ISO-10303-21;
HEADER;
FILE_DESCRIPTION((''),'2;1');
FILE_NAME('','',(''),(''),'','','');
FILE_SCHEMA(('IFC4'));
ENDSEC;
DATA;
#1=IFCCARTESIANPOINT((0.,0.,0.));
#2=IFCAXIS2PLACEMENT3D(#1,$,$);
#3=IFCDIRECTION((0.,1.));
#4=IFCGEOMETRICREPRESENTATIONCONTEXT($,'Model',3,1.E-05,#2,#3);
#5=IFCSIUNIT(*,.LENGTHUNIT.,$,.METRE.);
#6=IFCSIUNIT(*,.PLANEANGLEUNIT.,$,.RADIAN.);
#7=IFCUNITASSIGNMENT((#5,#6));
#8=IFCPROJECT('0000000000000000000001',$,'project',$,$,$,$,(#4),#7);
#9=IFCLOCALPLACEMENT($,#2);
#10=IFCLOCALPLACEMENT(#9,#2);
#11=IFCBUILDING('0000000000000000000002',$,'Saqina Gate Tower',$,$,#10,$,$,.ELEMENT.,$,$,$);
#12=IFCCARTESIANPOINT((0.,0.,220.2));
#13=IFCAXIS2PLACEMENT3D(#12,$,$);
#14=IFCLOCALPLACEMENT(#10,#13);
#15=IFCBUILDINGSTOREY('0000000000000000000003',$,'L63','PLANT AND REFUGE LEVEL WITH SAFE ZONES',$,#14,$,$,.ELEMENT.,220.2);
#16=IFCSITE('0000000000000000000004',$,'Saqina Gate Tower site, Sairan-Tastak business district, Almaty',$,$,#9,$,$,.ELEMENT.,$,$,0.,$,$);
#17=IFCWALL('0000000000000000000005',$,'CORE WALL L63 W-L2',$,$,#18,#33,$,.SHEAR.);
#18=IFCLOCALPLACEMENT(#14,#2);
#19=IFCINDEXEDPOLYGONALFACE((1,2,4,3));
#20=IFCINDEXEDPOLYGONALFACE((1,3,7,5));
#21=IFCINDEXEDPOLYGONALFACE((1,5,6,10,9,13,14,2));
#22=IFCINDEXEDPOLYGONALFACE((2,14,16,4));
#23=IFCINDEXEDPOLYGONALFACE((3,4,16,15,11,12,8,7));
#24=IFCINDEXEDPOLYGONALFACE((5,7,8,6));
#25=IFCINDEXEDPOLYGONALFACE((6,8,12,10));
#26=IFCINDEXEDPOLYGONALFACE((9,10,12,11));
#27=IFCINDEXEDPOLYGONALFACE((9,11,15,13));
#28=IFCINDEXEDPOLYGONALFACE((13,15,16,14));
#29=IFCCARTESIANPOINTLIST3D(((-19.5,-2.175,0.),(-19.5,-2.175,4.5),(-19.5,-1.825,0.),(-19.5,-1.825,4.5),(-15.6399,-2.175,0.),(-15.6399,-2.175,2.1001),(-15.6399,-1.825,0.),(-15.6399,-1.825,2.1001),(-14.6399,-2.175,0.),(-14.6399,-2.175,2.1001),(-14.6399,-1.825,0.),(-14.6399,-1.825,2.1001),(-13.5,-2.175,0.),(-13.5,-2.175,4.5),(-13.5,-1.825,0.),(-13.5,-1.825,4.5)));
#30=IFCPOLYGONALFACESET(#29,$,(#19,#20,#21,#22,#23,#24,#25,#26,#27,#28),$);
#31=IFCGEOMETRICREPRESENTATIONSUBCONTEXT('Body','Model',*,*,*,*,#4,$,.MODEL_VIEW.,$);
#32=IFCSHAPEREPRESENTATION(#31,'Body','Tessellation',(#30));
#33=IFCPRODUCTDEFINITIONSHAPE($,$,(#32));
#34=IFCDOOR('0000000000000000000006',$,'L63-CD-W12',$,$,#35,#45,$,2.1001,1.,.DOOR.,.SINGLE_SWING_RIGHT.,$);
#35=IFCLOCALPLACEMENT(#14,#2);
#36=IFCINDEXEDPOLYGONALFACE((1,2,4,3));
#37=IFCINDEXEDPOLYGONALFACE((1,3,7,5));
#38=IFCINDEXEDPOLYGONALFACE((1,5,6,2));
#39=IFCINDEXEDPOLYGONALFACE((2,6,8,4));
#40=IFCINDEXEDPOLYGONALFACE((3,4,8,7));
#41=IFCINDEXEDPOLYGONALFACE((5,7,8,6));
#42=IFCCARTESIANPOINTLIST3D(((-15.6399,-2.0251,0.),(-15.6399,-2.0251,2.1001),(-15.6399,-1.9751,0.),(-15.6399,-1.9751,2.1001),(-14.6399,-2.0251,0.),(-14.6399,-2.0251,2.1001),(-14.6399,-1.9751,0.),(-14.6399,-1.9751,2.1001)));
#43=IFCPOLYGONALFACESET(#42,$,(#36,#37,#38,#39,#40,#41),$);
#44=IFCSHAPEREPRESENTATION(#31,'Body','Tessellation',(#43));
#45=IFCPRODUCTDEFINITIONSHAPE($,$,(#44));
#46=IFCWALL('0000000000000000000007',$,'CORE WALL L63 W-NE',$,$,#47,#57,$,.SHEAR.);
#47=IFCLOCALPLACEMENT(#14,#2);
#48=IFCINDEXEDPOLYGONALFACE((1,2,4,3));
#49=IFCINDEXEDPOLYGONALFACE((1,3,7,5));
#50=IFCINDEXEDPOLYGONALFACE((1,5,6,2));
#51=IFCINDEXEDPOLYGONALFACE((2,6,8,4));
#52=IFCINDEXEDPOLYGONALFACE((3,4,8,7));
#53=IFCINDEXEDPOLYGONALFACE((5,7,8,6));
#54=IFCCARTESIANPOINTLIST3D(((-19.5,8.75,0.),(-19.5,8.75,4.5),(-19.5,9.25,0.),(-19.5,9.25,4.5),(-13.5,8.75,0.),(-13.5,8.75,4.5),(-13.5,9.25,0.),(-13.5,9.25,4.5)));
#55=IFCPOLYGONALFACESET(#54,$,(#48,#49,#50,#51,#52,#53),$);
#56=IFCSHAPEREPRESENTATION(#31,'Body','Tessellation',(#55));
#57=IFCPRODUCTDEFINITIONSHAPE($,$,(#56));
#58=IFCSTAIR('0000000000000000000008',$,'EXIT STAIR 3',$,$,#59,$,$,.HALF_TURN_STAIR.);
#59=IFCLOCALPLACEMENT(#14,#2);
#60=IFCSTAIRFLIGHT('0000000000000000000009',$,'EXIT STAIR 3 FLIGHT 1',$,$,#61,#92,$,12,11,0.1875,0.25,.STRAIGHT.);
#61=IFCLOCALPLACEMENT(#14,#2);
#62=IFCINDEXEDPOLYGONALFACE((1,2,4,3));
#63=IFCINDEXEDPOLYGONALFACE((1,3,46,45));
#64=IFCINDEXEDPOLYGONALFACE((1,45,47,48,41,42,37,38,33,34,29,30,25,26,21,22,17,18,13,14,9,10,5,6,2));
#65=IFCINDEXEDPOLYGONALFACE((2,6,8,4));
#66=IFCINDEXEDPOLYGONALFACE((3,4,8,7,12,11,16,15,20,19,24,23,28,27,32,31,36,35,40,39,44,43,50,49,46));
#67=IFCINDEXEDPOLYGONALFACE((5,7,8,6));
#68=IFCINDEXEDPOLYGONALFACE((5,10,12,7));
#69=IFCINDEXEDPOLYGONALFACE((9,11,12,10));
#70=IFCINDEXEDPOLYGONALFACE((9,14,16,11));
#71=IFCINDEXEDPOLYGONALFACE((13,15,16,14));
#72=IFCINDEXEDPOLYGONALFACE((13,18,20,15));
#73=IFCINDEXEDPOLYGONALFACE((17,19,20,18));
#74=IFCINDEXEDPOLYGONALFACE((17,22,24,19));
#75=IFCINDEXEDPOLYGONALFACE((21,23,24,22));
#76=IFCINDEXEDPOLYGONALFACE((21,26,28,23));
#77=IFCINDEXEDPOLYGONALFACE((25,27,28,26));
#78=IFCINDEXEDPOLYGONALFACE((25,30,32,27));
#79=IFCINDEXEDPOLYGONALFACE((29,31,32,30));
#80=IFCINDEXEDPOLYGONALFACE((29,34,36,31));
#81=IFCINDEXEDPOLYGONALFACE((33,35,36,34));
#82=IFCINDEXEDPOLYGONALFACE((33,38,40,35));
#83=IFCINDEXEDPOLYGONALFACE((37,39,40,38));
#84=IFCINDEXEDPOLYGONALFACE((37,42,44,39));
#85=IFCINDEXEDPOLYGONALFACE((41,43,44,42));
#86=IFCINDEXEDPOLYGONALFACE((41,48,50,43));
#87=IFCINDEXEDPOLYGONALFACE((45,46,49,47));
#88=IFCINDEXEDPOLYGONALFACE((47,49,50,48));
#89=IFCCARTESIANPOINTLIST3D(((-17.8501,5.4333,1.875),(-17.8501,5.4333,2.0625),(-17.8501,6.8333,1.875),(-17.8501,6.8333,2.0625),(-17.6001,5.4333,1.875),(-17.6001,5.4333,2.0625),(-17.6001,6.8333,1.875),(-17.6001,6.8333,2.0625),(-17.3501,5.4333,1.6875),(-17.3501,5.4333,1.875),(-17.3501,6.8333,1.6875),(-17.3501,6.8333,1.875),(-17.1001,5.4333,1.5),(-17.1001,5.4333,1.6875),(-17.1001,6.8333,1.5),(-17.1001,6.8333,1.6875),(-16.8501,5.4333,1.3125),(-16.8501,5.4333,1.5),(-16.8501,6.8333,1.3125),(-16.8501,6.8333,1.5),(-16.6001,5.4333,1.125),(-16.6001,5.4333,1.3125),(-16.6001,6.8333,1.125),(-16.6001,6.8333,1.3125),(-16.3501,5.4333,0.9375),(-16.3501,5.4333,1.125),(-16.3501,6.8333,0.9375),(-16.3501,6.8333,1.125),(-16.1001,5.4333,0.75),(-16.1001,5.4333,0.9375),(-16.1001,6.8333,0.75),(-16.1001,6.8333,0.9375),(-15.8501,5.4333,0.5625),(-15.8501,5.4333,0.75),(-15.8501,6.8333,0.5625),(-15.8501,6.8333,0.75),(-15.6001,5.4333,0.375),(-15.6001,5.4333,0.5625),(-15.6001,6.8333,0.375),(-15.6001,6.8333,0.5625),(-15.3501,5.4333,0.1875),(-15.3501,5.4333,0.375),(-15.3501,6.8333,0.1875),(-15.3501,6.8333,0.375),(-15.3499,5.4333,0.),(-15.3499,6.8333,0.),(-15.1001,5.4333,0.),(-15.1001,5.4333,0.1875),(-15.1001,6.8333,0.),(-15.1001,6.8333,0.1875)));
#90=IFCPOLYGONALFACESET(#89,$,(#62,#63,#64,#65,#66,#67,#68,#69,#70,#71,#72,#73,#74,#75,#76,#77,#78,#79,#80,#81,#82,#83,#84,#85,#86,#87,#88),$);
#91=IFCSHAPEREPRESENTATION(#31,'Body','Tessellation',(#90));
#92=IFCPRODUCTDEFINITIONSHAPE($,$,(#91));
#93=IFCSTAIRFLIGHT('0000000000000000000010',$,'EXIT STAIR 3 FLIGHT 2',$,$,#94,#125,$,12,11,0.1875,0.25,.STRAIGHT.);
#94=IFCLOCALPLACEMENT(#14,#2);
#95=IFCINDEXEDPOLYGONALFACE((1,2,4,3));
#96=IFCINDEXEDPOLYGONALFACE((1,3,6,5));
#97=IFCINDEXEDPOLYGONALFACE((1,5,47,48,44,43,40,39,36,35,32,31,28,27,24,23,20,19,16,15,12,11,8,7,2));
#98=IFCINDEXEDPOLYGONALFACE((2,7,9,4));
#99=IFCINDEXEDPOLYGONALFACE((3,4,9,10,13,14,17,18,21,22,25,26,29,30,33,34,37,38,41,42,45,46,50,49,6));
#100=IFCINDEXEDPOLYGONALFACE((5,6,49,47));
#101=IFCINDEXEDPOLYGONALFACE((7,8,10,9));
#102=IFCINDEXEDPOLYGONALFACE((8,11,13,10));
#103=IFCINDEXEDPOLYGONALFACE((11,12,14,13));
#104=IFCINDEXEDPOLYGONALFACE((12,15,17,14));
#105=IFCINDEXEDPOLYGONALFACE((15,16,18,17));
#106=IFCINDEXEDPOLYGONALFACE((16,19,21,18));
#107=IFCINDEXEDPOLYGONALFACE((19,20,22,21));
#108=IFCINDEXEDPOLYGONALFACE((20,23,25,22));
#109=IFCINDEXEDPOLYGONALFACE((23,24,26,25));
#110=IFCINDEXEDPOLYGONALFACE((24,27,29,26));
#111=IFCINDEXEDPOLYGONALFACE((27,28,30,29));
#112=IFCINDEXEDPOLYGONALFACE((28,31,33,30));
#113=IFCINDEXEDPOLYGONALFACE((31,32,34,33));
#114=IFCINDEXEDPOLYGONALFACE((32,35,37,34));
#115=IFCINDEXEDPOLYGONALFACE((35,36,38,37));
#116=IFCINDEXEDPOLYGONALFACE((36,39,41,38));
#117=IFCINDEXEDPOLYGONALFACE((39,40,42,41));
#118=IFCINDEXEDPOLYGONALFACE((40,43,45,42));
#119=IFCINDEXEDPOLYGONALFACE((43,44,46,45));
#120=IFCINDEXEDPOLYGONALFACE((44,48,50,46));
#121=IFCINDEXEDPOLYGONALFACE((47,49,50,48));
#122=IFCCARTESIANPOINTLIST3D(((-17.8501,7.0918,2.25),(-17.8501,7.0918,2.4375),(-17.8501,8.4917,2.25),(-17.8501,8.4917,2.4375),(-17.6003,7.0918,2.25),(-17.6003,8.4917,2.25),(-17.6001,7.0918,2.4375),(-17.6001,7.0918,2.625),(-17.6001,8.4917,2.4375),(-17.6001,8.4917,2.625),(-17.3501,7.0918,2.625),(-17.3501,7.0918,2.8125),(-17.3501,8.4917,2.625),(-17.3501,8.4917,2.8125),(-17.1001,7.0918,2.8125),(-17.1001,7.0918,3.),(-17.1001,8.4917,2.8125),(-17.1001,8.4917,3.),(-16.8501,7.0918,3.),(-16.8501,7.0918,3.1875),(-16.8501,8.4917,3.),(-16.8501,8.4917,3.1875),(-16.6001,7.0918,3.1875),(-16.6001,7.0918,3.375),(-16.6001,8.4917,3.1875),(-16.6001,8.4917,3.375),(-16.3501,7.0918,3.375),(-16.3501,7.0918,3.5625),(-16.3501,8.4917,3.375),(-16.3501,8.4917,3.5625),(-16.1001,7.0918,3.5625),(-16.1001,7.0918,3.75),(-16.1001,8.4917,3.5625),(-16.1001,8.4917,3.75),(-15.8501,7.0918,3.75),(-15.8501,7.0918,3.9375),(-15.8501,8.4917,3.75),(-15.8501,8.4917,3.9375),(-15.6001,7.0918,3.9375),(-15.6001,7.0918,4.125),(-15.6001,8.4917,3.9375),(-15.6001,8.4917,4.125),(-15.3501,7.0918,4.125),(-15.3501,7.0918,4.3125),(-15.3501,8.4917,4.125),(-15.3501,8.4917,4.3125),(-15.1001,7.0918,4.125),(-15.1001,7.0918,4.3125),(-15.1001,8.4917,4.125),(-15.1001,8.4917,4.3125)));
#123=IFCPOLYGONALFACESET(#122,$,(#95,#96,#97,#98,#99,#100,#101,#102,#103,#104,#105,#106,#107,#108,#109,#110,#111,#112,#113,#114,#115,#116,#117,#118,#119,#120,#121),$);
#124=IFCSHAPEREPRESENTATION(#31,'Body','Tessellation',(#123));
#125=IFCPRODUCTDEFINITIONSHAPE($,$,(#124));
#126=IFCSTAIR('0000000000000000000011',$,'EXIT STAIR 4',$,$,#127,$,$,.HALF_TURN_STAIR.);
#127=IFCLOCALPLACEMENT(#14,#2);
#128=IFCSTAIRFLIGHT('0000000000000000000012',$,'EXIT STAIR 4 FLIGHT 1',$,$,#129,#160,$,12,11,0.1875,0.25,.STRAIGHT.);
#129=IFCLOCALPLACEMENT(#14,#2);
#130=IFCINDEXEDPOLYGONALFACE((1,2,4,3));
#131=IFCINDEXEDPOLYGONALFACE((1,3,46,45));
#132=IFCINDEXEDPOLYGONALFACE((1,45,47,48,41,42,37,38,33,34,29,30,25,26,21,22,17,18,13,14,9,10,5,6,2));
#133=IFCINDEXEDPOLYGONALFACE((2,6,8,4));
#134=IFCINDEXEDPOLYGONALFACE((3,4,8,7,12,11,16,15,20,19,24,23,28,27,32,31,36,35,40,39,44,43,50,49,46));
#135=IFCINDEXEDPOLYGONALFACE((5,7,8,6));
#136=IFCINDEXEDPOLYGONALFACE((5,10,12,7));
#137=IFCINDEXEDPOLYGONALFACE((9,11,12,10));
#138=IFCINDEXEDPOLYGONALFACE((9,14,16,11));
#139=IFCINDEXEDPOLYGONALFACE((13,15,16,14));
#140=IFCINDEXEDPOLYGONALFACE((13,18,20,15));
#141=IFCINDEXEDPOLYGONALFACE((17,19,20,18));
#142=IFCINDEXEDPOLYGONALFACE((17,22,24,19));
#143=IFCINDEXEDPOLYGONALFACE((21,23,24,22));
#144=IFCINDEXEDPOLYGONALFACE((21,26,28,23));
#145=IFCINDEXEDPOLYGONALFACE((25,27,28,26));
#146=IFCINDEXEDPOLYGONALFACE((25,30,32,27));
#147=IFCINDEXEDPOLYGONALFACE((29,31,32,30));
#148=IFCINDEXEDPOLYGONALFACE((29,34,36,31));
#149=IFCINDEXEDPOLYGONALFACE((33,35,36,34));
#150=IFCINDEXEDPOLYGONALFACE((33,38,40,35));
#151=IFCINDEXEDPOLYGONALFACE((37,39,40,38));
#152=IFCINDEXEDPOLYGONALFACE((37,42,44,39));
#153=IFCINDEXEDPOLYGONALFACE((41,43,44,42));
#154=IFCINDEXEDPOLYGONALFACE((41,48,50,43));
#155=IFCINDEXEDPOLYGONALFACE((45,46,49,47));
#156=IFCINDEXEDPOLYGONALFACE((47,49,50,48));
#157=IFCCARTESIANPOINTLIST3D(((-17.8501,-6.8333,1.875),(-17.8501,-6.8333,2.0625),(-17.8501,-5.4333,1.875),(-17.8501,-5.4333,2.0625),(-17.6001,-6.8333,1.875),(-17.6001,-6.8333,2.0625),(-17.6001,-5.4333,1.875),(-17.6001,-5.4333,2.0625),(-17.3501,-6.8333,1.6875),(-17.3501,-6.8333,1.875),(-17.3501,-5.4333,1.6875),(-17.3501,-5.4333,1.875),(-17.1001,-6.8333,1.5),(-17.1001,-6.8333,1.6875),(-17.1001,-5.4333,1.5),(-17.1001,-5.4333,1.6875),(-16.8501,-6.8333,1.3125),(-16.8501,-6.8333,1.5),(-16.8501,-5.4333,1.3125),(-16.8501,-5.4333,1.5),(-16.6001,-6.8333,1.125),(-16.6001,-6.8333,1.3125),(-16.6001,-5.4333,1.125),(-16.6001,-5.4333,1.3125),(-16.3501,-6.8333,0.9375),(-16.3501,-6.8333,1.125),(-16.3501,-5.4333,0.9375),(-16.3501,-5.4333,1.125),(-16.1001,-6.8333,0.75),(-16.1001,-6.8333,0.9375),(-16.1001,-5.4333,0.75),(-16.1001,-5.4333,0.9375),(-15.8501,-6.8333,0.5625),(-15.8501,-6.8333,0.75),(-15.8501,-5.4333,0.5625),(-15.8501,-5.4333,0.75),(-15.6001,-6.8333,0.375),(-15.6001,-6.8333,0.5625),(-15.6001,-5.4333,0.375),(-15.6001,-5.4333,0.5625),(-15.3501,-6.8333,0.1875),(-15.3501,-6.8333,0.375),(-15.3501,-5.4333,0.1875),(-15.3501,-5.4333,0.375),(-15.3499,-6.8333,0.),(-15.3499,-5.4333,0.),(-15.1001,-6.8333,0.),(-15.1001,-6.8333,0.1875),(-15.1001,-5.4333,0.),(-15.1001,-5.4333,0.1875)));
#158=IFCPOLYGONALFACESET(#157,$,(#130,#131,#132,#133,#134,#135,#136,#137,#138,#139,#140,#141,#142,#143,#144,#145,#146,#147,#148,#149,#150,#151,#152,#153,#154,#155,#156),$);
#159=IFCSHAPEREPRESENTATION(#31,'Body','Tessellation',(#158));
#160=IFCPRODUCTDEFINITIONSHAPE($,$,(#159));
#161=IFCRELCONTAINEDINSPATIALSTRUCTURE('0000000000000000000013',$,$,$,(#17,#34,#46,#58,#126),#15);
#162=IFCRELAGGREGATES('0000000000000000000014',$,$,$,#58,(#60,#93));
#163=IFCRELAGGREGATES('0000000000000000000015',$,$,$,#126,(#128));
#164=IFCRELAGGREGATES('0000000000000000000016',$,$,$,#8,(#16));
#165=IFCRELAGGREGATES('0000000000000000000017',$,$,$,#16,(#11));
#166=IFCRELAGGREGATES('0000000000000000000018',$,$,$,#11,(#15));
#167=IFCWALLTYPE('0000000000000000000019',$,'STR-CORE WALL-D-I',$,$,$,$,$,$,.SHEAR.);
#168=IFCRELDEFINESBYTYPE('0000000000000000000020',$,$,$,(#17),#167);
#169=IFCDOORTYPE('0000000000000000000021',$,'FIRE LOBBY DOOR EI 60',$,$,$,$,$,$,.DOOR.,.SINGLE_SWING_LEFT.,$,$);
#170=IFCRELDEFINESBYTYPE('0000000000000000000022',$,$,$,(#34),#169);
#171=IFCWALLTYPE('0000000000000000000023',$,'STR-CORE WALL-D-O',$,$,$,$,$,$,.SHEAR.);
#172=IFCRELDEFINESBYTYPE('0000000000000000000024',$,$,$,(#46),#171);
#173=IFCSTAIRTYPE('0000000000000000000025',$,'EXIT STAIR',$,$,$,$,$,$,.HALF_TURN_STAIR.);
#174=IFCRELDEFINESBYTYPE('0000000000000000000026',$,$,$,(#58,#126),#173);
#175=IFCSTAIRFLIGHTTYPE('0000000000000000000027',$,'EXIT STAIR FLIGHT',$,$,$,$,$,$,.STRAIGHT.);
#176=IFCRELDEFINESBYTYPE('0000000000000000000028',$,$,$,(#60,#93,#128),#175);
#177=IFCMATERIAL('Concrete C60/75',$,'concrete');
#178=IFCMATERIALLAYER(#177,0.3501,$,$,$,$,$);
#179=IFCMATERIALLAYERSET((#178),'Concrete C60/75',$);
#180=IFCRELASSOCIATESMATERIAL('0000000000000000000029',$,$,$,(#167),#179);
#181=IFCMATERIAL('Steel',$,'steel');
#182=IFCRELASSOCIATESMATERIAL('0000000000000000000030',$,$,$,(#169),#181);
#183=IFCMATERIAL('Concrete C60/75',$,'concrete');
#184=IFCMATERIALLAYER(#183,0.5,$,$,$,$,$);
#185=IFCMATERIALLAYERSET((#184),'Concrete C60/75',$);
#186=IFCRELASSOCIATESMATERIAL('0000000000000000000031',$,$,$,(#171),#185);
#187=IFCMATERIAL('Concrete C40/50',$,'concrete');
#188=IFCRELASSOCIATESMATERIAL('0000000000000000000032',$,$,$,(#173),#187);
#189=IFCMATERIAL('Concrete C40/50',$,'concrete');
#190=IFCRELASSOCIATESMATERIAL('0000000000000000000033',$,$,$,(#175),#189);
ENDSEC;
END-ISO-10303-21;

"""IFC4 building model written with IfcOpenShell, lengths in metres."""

from ifc_helpers import new_model, si_unit, direction, frame, frame_2d, origin, place, context, subcontext, project, spatial, polyline, rectangle, outline, extrude, material, layer, layer_set, type_object, element, fill, aggregate, save


model = new_model("IFC4")

# Units and contexts
model_context = context("Model", 3, precision=1e-05, world=origin(), true_north=direction((0.0, 1.0)))
body_context = subcontext(model_context, "Body", "Model", "MODEL_VIEW")
ifc_project = project(units=[si_unit("LENGTHUNIT", "METRE"), si_unit("PLANEANGLEUNIT", "RADIAN")], contexts=[model_context])

# Site, building, storey
site_placement = place(None, origin())
site = spatial("IfcSite", under=ifc_project, at=site_placement, Name="Saqina Gate Tower site, Sairan-Tastak business district, Almaty", CompositionType="ELEMENT", RefElevation=0.0)
building_placement = place(site_placement, origin())
building = spatial("IfcBuilding", under=site, at=building_placement, Name="Saqina Gate Tower", CompositionType="ELEMENT")
storey_placement = place(building_placement, frame((0.0, 0.0, 220.2)))
storey = spatial("IfcBuildingStorey", under=building, at=storey_placement, Name="L63", Description="PLANT AND REFUGE LEVEL WITH SAFE ZONES", CompositionType="ELEMENT", Elevation=220.2)

# Shared definitions
ifc_material_1 = material(Name="Concrete C60/75", Category="concrete")
ifc_layer_1 = layer(ifc_material_1, 0.3501)
ifc_layer_set_1 = layer_set([ifc_layer_1], Name="Concrete C60/75")
wall_type_1 = type_object("IfcWallType", Name="STR-CORE WALL-D-I", PredefinedType="SHEAR", material=ifc_layer_set_1)

# Wall, opening, door
wall_1_placement = place(storey_placement, frame((-13.5, -2.0, 0.0), z_axis=(0.0, 0.0, 1.0), x_axis=(-1.0, 0.0, 0.0)))
wall_1 = element("IfcWall", 1, at=wall_1_placement, inside=storey, type_object=wall_type_1, Name="CORE WALL L63 W-L2", PredefinedType="SHEAR", context=body_context, shape_type="SweptSolid", body=[
    extrude(rectangle(XDim=6.0, YDim=0.3501, at=frame_2d((3.0, 0.0))), origin(), (0.0, 0.0, 1.0), 4.5),
])
opening_1_placement = place(wall_1_placement, frame((1.1399, 0.0, 0.0)))
opening_1 = element("IfcOpeningElement", 2, at=opening_1_placement, cuts=wall_1, PredefinedType="OPENING", context=body_context, shape_type="SweptSolid", body=[
    extrude(rectangle(XDim=1.0, YDim=2.1001, at=frame_2d((0.5, 1.05))), frame((0.0, 0.187, 0.0), z_axis=(0.0, -1.0, 0.0), x_axis=(1.0, 0.0, 0.0)), (0.0, 0.0, 1.0), 0.374),
])
ifc_material_2 = material(Name="Steel", Category="steel")
door_type_1 = type_object("IfcDoorType", Name="FIRE LOBBY DOOR EI 60", OperationType="SINGLE_SWING_LEFT", PredefinedType="DOOR", material=ifc_material_2)
door_1_placement = place(opening_1_placement, frame((1.0, 0.0, 0.0), z_axis=(0.0, 0.0, 1.0), x_axis=(-1.0, 0.0, 0.0)))
door_1 = element("IfcDoor", 3, at=door_1_placement, inside=storey, type_object=door_type_1, Name="L63-CD-W12", OperationType="SINGLE_SWING_RIGHT", OverallHeight=2.1001, OverallWidth=1.0, PredefinedType="DOOR", context=body_context, shape_type="SweptSolid", body=[
    extrude(rectangle(XDim=1.0, YDim=2.1001, at=frame_2d((0.5, 1.05))), frame((0.0, 0.0249, 0.0), z_axis=(0.0, -1.0, 0.0), x_axis=(1.0, 0.0, 0.0)), (0.0, 0.0, 1.0), 0.05),
])
fill(opening_1, door_1)

# Wall
ifc_material_3 = material(Name="Concrete C60/75", Category="concrete")
ifc_layer_2 = layer(ifc_material_3, 0.5)
ifc_layer_set_2 = layer_set([ifc_layer_2], Name="Concrete C60/75")
wall_type_2 = type_object("IfcWallType", Name="STR-CORE WALL-D-O", PredefinedType="SHEAR", material=ifc_layer_set_2)
wall_2_placement = place(storey_placement, frame((-13.5, 9.0, 0.0), z_axis=(0.0, 0.0, 1.0), x_axis=(-1.0, 0.0, 0.0)))
element("IfcWall", 4, at=wall_2_placement, inside=storey, type_object=wall_type_2, Name="CORE WALL L63 W-NE", PredefinedType="SHEAR", context=body_context, shape_type="SweptSolid", body=[
    extrude(rectangle(XDim=6.0, YDim=0.5, at=frame_2d((3.0, 0.0))), origin(), (0.0, 0.0, 1.0), 4.5),
])

# Stair, stair flights
ifc_material_4 = material(Name="Concrete C40/50", Category="concrete")
stair_type = type_object("IfcStairType", Name="EXIT STAIR", PredefinedType="HALF_TURN_STAIR", material=ifc_material_4)
stair_1_placement = place(storey_placement, origin())
stair_1 = element("IfcStair", 5, at=stair_1_placement, inside=storey, type_object=stair_type, Name="EXIT STAIR 3", PredefinedType="HALF_TURN_STAIR")
ifc_material_5 = material(Name="Concrete C40/50", Category="concrete")
stair_flight_type = type_object("IfcStairFlightType", Name="EXIT STAIR FLIGHT", PredefinedType="STRAIGHT", material=ifc_material_5)
stair_flight_1_placement = place(storey_placement, frame((-15.1001, 6.1333, 0.0), z_axis=(0.0, 0.0, 1.0), x_axis=(-1.0, 0.0, 0.0)))
stair_flight_1 = element("IfcStairFlight", 6, at=stair_flight_1_placement, type_object=stair_flight_type, Name="EXIT STAIR 3 FLIGHT 1", NumberOfRisers=12, NumberOfTreads=11, PredefinedType="STRAIGHT", RiserHeight=0.1875, TreadLength=0.25, context=body_context, shape_type="SweptSolid", body=[
    extrude(outline(polyline([(0.0, 0.0), (0.0, 0.1875), (0.25, 0.1875), (0.25, 0.375), (0.5, 0.375), (0.5, 0.5625), (0.75, 0.5625), (0.75, 0.75), (1.0, 0.75), (1.0, 0.9375), (1.25, 0.9375), (1.25, 1.125), (1.5, 1.125), (1.5, 1.3125), (1.75, 1.3125), (1.75, 1.5), (2.0, 1.5), (2.0, 1.6875), (2.25, 1.6875), (2.25, 1.875), (2.5, 1.875), (2.5, 2.0625), (2.75, 2.0625), (2.75, 2.25), (2.75, 1.875), (0.2498, 0.0), (0.0, 0.0)])), frame((0.0, 0.7, 0.0), z_axis=(0.0, -1.0, 0.0), x_axis=(1.0, 0.0, 0.0)), (0.0, 0.0, 1.0), 1.3999),
])
stair_flight_2_placement = place(storey_placement, frame((-17.8501, 7.7917, 2.25), z_axis=(0.0, 0.0, 1.0), x_axis=(1.0, 0.0, 0.0)))
stair_flight_2 = element("IfcStairFlight", 7, at=stair_flight_2_placement, type_object=stair_flight_type, Name="EXIT STAIR 3 FLIGHT 2", NumberOfRisers=12, NumberOfTreads=11, PredefinedType="STRAIGHT", RiserHeight=0.1875, TreadLength=0.25, context=body_context, shape_type="SweptSolid", body=[
    extrude(outline(polyline([(0.0, 0.0), (0.0, 0.1875), (0.25, 0.1875), (0.25, 0.375), (0.5, 0.375), (0.5, 0.5625), (0.75, 0.5625), (0.75, 0.75), (1.0, 0.75), (1.0, 0.9375), (1.25, 0.9375), (1.25, 1.125), (1.5, 1.125), (1.5, 1.3125), (1.75, 1.3125), (1.75, 1.5), (2.0, 1.5), (2.0, 1.6875), (2.25, 1.6875), (2.25, 1.875), (2.5, 1.875), (2.5, 2.0625), (2.75, 2.0625), (2.75, 2.25), (2.75, 1.875), (0.2498, 0.0), (0.0, 0.0)])), frame((0.0, 0.7, 0.0), z_axis=(0.0, -1.0, 0.0), x_axis=(1.0, 0.0, 0.0)), (0.0, 0.0, 1.0), 1.3999),
])
aggregate(stair_1, [stair_flight_1, stair_flight_2])

# Stair, stair flight
stair_2_placement = place(storey_placement, origin())
stair_2 = element("IfcStair", 8, at=stair_2_placement, inside=storey, type_object=stair_type, Name="EXIT STAIR 4", PredefinedType="HALF_TURN_STAIR")
stair_flight_3_placement = place(storey_placement, frame((-15.1001, -6.1333, 0.0), z_axis=(0.0, 0.0, 1.0), x_axis=(-1.0, 0.0, 0.0)))
stair_flight_3 = element("IfcStairFlight", 9, at=stair_flight_3_placement, type_object=stair_flight_type, Name="EXIT STAIR 4 FLIGHT 1", NumberOfRisers=12, NumberOfTreads=11, PredefinedType="STRAIGHT", RiserHeight=0.1875, TreadLength=0.25, context=body_context, shape_type="SweptSolid", body=[
    extrude(outline(polyline([(0.0, 0.0), (0.0, 0.1875), (0.25, 0.1875), (0.25, 0.375), (0.5, 0.375), (0.5, 0.5625), (0.75, 0.5625), (0.75, 0.75), (1.0, 0.75), (1.0, 0.9375), (1.25, 0.9375), (1.25, 1.125), (1.5, 1.125), (1.5, 1.3125), (1.75, 1.3125), (1.75, 1.5), (2.0, 1.5), (2.0, 1.6875), (2.25, 1.6875), (2.25, 1.875), (2.5, 1.875), (2.5, 2.0625), (2.75, 2.0625), (2.75, 2.25), (2.75, 1.875), (0.2498, 0.0), (0.0, 0.0)])), frame((0.0, 0.7, 0.0), z_axis=(0.0, -1.0, 0.0), x_axis=(1.0, 0.0, 0.0)), (0.0, 0.0, 1.0), 1.3999),
])
aggregate(stair_2, [stair_flight_3])

save(model, "model.ifc")
